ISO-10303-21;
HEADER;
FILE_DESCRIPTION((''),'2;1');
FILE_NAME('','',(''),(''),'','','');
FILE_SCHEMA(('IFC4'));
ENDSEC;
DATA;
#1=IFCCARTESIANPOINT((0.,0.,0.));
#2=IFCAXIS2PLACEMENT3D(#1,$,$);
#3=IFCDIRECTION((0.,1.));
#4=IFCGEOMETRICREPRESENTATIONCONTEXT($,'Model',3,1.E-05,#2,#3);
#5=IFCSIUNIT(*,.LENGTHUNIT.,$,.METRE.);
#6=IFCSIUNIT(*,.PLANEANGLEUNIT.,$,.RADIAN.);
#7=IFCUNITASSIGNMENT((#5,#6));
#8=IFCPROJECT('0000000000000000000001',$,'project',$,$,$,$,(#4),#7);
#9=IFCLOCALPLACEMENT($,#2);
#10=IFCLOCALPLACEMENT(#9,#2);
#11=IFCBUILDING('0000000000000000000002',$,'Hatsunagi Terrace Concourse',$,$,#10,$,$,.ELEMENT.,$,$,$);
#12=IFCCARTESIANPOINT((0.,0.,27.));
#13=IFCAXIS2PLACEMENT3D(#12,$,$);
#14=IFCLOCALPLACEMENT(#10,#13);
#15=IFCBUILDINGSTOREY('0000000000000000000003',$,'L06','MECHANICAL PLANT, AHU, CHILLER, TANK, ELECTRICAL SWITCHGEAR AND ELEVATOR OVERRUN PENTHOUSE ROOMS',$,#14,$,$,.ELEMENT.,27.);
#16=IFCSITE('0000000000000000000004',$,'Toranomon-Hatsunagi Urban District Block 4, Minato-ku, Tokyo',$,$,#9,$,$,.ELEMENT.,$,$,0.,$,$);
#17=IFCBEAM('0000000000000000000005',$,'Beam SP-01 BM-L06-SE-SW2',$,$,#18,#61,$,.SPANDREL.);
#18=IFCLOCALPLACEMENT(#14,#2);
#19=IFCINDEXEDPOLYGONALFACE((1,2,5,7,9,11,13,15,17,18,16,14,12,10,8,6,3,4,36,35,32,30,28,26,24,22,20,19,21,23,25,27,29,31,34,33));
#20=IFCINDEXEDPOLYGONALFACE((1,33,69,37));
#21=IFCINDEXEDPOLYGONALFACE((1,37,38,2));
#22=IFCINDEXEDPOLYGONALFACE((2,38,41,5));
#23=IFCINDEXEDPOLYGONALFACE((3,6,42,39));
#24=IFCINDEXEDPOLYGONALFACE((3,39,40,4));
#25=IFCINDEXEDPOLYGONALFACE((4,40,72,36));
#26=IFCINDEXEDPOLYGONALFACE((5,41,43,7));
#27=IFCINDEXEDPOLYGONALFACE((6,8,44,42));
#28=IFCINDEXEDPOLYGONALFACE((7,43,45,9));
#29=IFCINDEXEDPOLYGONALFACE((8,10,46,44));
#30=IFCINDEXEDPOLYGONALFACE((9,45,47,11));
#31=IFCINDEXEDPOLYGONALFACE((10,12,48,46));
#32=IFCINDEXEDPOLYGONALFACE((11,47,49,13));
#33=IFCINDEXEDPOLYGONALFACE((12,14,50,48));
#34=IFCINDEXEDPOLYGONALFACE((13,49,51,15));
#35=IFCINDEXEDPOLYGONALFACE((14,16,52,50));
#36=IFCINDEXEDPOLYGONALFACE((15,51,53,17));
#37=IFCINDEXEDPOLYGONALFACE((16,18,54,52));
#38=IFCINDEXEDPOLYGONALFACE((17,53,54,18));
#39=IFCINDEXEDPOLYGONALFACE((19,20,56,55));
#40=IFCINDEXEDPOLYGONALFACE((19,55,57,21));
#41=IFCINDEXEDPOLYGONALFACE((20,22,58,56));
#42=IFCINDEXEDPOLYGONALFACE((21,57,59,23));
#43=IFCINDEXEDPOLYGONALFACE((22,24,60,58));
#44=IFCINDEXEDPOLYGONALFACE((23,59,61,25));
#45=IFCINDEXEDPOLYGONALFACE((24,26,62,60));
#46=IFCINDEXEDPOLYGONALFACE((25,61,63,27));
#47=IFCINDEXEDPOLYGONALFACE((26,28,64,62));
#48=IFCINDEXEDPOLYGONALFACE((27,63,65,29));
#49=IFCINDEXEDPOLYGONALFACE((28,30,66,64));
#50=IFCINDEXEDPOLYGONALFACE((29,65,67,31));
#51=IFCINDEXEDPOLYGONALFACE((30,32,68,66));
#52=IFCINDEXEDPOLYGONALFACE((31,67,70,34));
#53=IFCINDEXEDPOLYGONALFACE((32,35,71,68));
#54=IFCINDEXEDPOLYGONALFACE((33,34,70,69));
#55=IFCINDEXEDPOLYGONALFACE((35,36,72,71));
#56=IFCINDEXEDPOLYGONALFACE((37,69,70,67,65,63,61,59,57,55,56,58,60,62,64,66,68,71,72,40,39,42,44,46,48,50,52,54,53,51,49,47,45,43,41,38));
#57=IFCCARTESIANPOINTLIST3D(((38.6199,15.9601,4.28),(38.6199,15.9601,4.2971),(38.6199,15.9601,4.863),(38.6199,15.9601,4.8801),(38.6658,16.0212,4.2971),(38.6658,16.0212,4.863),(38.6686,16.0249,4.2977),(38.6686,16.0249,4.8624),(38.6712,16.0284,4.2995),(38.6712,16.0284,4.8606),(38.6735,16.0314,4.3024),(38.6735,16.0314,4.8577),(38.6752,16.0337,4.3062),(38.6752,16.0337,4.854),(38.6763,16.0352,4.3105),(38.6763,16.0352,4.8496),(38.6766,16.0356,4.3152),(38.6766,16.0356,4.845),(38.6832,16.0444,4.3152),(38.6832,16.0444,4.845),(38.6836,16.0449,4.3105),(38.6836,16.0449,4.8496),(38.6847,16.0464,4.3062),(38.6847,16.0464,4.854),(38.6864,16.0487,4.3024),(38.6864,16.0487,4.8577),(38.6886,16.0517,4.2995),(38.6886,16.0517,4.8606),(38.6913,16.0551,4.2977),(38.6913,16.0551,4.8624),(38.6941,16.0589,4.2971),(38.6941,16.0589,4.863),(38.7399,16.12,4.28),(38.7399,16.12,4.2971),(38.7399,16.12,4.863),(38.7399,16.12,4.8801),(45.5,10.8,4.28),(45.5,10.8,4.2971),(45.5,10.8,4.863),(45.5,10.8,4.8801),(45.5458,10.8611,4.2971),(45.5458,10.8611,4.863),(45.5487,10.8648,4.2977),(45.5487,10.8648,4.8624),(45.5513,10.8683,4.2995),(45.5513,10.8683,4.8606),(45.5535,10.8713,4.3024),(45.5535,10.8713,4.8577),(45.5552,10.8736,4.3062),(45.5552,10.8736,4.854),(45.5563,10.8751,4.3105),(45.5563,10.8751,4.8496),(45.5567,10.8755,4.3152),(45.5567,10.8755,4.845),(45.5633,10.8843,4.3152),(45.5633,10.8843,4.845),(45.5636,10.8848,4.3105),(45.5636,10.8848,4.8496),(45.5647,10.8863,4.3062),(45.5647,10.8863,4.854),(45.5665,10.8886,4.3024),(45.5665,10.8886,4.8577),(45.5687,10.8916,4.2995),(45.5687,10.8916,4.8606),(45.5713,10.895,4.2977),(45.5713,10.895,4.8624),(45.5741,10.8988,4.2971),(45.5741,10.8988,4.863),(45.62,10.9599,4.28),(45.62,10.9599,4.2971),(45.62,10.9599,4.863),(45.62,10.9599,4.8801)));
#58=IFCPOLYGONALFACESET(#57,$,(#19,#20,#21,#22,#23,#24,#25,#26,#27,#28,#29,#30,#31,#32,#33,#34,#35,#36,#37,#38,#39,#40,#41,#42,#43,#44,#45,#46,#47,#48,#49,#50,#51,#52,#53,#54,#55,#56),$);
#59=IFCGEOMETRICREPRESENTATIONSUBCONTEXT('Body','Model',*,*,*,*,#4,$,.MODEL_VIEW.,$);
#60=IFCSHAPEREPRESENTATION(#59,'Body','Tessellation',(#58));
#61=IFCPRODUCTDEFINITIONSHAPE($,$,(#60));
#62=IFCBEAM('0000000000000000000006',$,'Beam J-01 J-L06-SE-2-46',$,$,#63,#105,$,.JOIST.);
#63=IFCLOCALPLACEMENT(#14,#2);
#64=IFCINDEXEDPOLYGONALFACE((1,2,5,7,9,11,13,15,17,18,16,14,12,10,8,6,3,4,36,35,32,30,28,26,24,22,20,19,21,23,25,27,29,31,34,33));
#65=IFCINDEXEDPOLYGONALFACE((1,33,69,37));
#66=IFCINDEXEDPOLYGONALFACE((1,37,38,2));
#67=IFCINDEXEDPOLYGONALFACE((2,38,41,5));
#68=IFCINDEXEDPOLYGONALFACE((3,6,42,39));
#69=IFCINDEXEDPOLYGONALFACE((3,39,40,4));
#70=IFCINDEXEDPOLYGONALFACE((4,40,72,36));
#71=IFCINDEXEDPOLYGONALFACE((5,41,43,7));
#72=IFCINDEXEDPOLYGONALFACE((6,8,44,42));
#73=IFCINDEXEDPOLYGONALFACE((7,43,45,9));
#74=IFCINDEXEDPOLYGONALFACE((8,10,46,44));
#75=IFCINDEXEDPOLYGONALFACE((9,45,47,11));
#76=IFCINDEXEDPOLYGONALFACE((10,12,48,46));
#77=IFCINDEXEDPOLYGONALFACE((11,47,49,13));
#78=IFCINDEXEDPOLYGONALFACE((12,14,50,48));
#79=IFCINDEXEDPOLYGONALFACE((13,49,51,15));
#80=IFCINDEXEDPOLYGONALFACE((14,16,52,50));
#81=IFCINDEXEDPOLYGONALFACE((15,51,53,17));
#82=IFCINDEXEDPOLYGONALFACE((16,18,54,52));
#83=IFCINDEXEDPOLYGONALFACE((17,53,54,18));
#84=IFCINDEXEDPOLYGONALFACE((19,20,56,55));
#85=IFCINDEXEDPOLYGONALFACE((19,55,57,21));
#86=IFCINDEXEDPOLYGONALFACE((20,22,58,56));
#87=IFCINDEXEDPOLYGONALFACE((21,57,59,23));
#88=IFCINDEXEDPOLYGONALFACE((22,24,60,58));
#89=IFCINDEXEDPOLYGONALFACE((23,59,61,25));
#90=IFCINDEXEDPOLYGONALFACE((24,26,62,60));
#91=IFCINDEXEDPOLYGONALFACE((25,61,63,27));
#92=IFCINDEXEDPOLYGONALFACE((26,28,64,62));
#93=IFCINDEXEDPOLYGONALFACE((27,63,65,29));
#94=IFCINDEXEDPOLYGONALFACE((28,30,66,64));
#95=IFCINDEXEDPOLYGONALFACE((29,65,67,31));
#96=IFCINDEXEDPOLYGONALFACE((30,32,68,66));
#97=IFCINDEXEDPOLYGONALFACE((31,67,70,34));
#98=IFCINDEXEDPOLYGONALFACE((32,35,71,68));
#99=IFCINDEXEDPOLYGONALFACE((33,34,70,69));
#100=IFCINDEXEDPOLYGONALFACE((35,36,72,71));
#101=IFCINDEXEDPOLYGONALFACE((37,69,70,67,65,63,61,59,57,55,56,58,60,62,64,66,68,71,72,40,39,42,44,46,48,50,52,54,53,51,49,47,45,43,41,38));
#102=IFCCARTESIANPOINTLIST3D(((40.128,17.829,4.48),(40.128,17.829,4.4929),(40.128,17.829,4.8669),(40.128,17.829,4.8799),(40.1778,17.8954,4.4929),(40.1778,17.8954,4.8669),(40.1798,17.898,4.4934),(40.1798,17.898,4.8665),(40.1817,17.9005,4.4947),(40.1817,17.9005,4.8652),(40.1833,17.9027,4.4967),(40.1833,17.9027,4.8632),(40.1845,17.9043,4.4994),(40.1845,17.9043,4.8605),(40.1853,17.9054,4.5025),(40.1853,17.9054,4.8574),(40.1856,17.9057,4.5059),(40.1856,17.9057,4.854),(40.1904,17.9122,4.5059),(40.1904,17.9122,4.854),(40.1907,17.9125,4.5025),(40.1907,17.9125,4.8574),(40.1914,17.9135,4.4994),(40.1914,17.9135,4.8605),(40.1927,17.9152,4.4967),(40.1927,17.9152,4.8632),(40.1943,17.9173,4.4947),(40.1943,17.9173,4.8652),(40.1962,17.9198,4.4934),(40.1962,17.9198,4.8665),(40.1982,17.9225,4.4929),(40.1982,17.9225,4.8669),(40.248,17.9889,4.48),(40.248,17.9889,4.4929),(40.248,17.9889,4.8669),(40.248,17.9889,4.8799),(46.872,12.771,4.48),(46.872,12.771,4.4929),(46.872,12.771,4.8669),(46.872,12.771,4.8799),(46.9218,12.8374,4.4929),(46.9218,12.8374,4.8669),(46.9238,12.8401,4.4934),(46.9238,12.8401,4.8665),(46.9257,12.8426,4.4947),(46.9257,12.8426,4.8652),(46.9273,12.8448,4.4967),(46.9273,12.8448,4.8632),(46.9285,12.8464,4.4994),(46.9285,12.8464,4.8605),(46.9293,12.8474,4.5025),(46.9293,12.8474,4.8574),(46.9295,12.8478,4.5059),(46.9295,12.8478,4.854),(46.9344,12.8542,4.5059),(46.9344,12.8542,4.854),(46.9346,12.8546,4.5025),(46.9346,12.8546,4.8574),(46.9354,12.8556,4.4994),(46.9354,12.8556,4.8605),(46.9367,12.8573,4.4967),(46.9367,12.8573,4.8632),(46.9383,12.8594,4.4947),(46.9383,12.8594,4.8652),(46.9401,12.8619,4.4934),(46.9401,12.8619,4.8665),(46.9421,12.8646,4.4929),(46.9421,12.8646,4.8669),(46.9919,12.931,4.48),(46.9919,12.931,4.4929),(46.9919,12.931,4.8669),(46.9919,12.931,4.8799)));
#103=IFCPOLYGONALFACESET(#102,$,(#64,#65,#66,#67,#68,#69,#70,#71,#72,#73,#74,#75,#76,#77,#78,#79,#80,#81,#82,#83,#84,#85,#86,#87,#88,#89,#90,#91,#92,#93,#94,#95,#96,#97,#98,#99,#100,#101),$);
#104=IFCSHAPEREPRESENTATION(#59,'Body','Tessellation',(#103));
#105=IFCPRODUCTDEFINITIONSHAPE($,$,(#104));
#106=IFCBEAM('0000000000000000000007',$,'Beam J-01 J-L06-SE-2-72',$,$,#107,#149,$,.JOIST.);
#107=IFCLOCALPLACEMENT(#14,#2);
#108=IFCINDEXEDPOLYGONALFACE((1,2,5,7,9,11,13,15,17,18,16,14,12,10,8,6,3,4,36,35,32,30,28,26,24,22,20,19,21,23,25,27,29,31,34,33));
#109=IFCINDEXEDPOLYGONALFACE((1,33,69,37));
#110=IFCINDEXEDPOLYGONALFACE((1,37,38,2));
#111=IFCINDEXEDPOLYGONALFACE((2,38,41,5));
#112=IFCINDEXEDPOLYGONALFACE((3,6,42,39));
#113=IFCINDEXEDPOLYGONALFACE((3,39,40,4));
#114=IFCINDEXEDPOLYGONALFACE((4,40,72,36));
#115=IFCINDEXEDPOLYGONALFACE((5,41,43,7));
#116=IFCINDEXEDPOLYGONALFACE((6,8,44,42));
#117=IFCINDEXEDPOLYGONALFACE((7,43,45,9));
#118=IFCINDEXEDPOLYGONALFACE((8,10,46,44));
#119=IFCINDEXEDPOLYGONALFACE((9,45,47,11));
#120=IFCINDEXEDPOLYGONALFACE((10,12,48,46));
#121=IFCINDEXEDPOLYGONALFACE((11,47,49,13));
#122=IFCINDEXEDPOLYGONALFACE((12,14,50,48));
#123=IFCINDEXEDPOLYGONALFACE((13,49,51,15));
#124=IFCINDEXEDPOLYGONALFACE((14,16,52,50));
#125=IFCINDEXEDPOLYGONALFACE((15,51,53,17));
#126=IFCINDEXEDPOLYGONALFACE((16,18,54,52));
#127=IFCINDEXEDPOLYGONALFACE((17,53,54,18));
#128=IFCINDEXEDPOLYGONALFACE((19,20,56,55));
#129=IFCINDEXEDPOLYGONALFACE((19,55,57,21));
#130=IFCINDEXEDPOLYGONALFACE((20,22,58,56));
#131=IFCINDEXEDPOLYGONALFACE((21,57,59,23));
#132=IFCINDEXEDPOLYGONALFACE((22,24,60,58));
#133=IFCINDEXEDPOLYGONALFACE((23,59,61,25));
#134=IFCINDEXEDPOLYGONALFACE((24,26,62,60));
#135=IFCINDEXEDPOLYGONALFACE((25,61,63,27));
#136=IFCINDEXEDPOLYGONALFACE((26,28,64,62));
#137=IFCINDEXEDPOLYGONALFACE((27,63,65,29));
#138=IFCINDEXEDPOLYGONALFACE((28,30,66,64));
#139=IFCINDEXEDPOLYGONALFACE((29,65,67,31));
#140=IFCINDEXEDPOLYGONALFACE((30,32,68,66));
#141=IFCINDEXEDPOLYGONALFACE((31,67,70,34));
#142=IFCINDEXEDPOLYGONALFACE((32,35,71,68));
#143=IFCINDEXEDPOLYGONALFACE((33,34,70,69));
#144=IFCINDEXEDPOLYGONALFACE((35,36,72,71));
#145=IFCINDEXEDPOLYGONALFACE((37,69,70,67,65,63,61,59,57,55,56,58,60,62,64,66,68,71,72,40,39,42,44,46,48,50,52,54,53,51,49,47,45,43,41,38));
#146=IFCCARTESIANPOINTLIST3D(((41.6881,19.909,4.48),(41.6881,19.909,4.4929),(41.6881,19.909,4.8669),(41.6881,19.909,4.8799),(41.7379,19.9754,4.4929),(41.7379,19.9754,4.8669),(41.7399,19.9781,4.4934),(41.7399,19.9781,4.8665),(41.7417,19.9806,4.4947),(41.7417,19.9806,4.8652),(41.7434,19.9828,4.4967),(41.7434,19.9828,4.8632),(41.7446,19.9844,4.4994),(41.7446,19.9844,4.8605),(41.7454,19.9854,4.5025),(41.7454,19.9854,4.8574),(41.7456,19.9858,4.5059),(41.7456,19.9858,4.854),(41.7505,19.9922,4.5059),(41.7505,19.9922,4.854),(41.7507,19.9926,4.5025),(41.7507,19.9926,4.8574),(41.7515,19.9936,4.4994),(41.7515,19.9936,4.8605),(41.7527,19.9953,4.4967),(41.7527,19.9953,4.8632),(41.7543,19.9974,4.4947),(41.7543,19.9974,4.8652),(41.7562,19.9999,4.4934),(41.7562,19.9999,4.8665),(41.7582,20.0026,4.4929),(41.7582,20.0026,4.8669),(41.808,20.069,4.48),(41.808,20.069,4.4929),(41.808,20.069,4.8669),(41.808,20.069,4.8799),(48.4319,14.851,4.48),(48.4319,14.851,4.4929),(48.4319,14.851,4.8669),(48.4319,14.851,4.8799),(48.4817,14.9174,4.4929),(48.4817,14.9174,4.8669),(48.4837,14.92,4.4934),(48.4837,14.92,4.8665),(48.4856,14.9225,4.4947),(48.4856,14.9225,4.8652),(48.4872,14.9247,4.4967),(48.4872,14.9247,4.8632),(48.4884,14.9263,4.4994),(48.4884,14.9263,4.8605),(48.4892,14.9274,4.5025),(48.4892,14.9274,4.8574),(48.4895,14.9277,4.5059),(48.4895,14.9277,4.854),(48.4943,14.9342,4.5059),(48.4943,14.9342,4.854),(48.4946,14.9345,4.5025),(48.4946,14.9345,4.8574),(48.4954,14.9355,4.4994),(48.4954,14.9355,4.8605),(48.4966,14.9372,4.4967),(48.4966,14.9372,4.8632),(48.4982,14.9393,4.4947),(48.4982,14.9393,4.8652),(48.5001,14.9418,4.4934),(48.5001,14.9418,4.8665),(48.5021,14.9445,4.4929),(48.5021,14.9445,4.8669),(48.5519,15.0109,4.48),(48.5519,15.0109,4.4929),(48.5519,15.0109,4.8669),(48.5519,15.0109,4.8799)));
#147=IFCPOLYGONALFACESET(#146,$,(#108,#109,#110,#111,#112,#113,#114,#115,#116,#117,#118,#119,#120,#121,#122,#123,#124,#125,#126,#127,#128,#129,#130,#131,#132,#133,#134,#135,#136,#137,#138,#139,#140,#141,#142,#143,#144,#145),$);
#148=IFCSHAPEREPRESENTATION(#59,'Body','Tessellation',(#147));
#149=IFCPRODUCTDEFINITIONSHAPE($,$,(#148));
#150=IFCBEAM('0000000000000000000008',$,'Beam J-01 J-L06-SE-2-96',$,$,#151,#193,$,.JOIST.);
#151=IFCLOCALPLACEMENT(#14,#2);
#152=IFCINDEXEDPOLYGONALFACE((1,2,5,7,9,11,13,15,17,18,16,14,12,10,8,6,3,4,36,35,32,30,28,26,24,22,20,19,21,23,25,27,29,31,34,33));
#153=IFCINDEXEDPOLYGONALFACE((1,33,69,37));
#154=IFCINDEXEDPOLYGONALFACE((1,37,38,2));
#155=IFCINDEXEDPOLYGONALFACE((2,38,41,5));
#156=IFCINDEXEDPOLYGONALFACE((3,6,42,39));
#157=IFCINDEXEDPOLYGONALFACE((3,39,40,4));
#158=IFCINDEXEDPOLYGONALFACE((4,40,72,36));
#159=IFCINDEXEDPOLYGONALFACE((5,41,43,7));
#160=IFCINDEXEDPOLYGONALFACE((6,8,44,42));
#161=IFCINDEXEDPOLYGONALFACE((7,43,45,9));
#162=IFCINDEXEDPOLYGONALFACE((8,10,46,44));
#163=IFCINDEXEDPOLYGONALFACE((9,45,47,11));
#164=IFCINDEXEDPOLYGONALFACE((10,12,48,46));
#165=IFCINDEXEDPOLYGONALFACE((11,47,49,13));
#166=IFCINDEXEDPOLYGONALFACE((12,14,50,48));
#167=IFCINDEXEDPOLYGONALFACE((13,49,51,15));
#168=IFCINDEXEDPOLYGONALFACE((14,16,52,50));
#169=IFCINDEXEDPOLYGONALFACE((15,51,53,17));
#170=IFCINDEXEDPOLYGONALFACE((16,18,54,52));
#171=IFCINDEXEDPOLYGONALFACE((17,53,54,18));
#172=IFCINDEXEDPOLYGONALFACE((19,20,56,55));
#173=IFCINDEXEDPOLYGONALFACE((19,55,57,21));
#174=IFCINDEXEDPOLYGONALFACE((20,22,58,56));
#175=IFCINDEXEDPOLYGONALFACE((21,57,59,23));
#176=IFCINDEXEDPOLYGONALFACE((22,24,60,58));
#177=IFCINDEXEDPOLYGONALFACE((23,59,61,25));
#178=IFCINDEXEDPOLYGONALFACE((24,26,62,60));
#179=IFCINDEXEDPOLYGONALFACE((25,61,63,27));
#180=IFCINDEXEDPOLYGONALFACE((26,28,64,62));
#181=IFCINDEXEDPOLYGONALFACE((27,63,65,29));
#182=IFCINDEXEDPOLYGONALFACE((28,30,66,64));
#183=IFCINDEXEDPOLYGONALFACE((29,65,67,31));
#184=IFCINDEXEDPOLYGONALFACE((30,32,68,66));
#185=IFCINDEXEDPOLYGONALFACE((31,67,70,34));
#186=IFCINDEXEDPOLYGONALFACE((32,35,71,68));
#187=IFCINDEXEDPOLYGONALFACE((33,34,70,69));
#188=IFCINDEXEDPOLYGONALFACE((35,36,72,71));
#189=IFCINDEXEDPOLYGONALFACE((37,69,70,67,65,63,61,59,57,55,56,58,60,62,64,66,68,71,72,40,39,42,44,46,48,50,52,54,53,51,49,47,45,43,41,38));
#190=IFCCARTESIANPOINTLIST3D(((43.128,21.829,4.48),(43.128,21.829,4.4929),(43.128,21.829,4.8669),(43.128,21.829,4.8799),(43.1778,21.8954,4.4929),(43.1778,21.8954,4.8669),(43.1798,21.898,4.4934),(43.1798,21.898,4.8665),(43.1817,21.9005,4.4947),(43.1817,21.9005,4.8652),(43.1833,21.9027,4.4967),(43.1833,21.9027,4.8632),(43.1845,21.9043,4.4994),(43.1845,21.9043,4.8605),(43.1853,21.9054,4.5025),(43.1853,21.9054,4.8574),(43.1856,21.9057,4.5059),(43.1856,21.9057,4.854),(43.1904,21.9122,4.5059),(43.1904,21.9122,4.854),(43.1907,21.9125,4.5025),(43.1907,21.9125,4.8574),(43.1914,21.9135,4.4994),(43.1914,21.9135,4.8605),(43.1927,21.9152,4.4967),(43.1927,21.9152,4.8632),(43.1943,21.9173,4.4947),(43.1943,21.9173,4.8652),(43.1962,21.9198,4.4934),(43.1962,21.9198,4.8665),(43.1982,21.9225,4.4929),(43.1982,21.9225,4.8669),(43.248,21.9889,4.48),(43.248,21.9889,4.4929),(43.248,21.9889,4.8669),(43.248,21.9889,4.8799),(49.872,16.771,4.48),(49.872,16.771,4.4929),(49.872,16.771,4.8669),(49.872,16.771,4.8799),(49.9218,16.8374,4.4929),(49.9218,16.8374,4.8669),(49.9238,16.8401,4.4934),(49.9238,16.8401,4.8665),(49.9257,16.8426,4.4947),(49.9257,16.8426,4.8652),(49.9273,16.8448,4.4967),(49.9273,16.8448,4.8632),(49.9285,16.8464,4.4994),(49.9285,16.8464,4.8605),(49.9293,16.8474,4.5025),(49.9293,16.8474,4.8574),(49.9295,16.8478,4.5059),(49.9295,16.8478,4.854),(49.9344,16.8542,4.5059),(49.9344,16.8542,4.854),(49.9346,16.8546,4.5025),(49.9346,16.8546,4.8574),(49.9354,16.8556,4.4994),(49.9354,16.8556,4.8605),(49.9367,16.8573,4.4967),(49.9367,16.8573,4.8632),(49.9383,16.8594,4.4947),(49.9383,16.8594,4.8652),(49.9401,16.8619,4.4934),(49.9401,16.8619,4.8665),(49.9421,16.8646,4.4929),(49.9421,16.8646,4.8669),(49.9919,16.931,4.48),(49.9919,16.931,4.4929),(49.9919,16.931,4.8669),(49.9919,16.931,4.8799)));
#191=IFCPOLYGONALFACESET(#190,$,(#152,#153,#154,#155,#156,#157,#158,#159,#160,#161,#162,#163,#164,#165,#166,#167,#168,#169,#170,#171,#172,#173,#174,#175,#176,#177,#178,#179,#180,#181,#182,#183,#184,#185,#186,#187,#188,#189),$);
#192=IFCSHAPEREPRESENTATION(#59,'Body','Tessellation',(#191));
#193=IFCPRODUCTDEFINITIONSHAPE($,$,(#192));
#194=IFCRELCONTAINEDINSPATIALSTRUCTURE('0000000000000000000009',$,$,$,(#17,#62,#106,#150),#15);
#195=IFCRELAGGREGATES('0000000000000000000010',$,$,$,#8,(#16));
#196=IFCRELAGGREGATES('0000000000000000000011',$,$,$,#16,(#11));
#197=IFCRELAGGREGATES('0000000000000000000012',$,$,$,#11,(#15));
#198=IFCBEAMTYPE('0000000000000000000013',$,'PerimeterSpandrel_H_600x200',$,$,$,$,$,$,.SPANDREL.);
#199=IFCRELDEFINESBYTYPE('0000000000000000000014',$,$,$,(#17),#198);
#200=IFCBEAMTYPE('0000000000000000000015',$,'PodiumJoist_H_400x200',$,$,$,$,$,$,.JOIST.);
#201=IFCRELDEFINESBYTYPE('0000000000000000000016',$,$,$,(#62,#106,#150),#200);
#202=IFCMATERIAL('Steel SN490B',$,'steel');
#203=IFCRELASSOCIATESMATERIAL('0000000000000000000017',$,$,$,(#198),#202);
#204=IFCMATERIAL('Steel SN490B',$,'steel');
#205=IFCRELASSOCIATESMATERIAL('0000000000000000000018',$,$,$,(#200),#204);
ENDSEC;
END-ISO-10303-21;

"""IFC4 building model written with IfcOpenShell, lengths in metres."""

from ifc_helpers import new_model, si_unit, direction, frame, origin, origin_2d, place, context, subcontext, project, spatial, i_section, extrude, material, material_profile, profile_set, type_object, element, save


model = new_model("IFC4")

# Units and contexts
model_context = context("Model", 3, precision=1e-05, world=origin(), true_north=direction((0.0, 1.0)))
body_context = subcontext(model_context, "Body", "Model", "MODEL_VIEW")
ifc_project = project(units=[si_unit("LENGTHUNIT", "METRE"), si_unit("PLANEANGLEUNIT", "RADIAN")], contexts=[model_context])

# Site, building, storey
site_placement = place(None, origin())
site = spatial("IfcSite", under=ifc_project, at=site_placement, Name="Toranomon-Hatsunagi Urban District Block 4, Minato-ku, Tokyo", CompositionType="ELEMENT", RefElevation=0.0)
building_placement = place(site_placement, origin())
building = spatial("IfcBuilding", under=site, at=building_placement, Name="Hatsunagi Terrace Concourse", CompositionType="ELEMENT")
storey_placement = place(building_placement, frame((0.0, 0.0, 27.0)))
storey = spatial("IfcBuildingStorey", under=building, at=storey_placement, Name="L06", Description="MECHANICAL PLANT, AHU, CHILLER, TANK, ELECTRICAL SWITCHGEAR AND ELEVATOR OVERRUN PENTHOUSE ROOMS", CompositionType="ELEMENT", Elevation=27.0)

# Beams
ifc_material_1 = material(Name="Steel SN490B", Category="steel")
ifc_material_profile_1 = material_profile(ifc_material_1, i_section(OverallWidth=0.2, OverallDepth=0.6001, WebThickness=0.011, FlangeThickness=0.0171, FilletRadius=0.0181, at=origin_2d()), Name="H-600x200x11x17")
ifc_profile_set_1 = profile_set([ifc_material_profile_1], Name="Steel SN490B")
beam_type_1 = type_object("IfcBeamType", Name="PerimeterSpandrel_H_600x200", PredefinedType="SPANDREL", material=ifc_profile_set_1)
beam_1_placement = place(storey_placement, frame((38.6799, 16.04, 4.5801), z_axis=(0.799997, -0.600005, 0.0), x_axis=(0.600005, 0.799997, 0.0)))
element("IfcBeam", 1, at=beam_1_placement, inside=storey, type_object=beam_type_1, Name="Beam SP-01 BM-L06-SE-SW2", PredefinedType="SPANDREL", context=body_context, shape_type="SweptSolid", body=[
    extrude(i_section(OverallWidth=0.2, OverallDepth=0.6001, WebThickness=0.011, FlangeThickness=0.0171, FilletRadius=0.0181, at=origin_2d()), origin(), (0.0, 0.0, 1.0), 8.6001),
])
ifc_material_2 = material(Name="Steel SN490B", Category="steel")
ifc_material_profile_2 = material_profile(ifc_material_2, i_section(OverallWidth=0.2, OverallDepth=0.3999, WebThickness=0.0081, FlangeThickness=0.0129, FilletRadius=0.0129, at=origin_2d()), Name="H-400x200x8x13")
ifc_profile_set_2 = profile_set([ifc_material_profile_2], Name="Steel SN490B")
beam_type_2 = type_object("IfcBeamType", Name="PodiumJoist_H_400x200", PredefinedType="JOIST", material=ifc_profile_set_2)
for number, where, z_axis, x_axis, name in (
    (2, (40.188, 17.9089, 4.6799), (0.800003, -0.599995, 0.0), (0.599995, 0.800003, 0.0), "Beam J-01 J-L06-SE-2-46"),
    (3, (41.748, 19.989, 4.6799), (0.79999, -0.600014, 0.0), (0.600014, 0.79999, 0.0), "Beam J-01 J-L06-SE-2-72"),
    (4, (43.188, 21.9089, 4.6799), (0.800003, -0.599995, 0.0), (0.599995, 0.800003, 0.0), "Beam J-01 J-L06-SE-2-96"),
):
    element("IfcBeam", number, at=place(storey_placement, frame(where, z_axis=z_axis, x_axis=x_axis)), inside=storey, type_object=beam_type_2, Name=name, PredefinedType="JOIST", context=body_context, shape_type="SweptSolid", body=[
        extrude(i_section(OverallWidth=0.2, OverallDepth=0.3999, WebThickness=0.0081, FlangeThickness=0.0129, FilletRadius=0.0129, at=origin_2d()), origin(), (0.0, 0.0, 1.0), 8.4299),
    ])

save(model, "model.ifc")
